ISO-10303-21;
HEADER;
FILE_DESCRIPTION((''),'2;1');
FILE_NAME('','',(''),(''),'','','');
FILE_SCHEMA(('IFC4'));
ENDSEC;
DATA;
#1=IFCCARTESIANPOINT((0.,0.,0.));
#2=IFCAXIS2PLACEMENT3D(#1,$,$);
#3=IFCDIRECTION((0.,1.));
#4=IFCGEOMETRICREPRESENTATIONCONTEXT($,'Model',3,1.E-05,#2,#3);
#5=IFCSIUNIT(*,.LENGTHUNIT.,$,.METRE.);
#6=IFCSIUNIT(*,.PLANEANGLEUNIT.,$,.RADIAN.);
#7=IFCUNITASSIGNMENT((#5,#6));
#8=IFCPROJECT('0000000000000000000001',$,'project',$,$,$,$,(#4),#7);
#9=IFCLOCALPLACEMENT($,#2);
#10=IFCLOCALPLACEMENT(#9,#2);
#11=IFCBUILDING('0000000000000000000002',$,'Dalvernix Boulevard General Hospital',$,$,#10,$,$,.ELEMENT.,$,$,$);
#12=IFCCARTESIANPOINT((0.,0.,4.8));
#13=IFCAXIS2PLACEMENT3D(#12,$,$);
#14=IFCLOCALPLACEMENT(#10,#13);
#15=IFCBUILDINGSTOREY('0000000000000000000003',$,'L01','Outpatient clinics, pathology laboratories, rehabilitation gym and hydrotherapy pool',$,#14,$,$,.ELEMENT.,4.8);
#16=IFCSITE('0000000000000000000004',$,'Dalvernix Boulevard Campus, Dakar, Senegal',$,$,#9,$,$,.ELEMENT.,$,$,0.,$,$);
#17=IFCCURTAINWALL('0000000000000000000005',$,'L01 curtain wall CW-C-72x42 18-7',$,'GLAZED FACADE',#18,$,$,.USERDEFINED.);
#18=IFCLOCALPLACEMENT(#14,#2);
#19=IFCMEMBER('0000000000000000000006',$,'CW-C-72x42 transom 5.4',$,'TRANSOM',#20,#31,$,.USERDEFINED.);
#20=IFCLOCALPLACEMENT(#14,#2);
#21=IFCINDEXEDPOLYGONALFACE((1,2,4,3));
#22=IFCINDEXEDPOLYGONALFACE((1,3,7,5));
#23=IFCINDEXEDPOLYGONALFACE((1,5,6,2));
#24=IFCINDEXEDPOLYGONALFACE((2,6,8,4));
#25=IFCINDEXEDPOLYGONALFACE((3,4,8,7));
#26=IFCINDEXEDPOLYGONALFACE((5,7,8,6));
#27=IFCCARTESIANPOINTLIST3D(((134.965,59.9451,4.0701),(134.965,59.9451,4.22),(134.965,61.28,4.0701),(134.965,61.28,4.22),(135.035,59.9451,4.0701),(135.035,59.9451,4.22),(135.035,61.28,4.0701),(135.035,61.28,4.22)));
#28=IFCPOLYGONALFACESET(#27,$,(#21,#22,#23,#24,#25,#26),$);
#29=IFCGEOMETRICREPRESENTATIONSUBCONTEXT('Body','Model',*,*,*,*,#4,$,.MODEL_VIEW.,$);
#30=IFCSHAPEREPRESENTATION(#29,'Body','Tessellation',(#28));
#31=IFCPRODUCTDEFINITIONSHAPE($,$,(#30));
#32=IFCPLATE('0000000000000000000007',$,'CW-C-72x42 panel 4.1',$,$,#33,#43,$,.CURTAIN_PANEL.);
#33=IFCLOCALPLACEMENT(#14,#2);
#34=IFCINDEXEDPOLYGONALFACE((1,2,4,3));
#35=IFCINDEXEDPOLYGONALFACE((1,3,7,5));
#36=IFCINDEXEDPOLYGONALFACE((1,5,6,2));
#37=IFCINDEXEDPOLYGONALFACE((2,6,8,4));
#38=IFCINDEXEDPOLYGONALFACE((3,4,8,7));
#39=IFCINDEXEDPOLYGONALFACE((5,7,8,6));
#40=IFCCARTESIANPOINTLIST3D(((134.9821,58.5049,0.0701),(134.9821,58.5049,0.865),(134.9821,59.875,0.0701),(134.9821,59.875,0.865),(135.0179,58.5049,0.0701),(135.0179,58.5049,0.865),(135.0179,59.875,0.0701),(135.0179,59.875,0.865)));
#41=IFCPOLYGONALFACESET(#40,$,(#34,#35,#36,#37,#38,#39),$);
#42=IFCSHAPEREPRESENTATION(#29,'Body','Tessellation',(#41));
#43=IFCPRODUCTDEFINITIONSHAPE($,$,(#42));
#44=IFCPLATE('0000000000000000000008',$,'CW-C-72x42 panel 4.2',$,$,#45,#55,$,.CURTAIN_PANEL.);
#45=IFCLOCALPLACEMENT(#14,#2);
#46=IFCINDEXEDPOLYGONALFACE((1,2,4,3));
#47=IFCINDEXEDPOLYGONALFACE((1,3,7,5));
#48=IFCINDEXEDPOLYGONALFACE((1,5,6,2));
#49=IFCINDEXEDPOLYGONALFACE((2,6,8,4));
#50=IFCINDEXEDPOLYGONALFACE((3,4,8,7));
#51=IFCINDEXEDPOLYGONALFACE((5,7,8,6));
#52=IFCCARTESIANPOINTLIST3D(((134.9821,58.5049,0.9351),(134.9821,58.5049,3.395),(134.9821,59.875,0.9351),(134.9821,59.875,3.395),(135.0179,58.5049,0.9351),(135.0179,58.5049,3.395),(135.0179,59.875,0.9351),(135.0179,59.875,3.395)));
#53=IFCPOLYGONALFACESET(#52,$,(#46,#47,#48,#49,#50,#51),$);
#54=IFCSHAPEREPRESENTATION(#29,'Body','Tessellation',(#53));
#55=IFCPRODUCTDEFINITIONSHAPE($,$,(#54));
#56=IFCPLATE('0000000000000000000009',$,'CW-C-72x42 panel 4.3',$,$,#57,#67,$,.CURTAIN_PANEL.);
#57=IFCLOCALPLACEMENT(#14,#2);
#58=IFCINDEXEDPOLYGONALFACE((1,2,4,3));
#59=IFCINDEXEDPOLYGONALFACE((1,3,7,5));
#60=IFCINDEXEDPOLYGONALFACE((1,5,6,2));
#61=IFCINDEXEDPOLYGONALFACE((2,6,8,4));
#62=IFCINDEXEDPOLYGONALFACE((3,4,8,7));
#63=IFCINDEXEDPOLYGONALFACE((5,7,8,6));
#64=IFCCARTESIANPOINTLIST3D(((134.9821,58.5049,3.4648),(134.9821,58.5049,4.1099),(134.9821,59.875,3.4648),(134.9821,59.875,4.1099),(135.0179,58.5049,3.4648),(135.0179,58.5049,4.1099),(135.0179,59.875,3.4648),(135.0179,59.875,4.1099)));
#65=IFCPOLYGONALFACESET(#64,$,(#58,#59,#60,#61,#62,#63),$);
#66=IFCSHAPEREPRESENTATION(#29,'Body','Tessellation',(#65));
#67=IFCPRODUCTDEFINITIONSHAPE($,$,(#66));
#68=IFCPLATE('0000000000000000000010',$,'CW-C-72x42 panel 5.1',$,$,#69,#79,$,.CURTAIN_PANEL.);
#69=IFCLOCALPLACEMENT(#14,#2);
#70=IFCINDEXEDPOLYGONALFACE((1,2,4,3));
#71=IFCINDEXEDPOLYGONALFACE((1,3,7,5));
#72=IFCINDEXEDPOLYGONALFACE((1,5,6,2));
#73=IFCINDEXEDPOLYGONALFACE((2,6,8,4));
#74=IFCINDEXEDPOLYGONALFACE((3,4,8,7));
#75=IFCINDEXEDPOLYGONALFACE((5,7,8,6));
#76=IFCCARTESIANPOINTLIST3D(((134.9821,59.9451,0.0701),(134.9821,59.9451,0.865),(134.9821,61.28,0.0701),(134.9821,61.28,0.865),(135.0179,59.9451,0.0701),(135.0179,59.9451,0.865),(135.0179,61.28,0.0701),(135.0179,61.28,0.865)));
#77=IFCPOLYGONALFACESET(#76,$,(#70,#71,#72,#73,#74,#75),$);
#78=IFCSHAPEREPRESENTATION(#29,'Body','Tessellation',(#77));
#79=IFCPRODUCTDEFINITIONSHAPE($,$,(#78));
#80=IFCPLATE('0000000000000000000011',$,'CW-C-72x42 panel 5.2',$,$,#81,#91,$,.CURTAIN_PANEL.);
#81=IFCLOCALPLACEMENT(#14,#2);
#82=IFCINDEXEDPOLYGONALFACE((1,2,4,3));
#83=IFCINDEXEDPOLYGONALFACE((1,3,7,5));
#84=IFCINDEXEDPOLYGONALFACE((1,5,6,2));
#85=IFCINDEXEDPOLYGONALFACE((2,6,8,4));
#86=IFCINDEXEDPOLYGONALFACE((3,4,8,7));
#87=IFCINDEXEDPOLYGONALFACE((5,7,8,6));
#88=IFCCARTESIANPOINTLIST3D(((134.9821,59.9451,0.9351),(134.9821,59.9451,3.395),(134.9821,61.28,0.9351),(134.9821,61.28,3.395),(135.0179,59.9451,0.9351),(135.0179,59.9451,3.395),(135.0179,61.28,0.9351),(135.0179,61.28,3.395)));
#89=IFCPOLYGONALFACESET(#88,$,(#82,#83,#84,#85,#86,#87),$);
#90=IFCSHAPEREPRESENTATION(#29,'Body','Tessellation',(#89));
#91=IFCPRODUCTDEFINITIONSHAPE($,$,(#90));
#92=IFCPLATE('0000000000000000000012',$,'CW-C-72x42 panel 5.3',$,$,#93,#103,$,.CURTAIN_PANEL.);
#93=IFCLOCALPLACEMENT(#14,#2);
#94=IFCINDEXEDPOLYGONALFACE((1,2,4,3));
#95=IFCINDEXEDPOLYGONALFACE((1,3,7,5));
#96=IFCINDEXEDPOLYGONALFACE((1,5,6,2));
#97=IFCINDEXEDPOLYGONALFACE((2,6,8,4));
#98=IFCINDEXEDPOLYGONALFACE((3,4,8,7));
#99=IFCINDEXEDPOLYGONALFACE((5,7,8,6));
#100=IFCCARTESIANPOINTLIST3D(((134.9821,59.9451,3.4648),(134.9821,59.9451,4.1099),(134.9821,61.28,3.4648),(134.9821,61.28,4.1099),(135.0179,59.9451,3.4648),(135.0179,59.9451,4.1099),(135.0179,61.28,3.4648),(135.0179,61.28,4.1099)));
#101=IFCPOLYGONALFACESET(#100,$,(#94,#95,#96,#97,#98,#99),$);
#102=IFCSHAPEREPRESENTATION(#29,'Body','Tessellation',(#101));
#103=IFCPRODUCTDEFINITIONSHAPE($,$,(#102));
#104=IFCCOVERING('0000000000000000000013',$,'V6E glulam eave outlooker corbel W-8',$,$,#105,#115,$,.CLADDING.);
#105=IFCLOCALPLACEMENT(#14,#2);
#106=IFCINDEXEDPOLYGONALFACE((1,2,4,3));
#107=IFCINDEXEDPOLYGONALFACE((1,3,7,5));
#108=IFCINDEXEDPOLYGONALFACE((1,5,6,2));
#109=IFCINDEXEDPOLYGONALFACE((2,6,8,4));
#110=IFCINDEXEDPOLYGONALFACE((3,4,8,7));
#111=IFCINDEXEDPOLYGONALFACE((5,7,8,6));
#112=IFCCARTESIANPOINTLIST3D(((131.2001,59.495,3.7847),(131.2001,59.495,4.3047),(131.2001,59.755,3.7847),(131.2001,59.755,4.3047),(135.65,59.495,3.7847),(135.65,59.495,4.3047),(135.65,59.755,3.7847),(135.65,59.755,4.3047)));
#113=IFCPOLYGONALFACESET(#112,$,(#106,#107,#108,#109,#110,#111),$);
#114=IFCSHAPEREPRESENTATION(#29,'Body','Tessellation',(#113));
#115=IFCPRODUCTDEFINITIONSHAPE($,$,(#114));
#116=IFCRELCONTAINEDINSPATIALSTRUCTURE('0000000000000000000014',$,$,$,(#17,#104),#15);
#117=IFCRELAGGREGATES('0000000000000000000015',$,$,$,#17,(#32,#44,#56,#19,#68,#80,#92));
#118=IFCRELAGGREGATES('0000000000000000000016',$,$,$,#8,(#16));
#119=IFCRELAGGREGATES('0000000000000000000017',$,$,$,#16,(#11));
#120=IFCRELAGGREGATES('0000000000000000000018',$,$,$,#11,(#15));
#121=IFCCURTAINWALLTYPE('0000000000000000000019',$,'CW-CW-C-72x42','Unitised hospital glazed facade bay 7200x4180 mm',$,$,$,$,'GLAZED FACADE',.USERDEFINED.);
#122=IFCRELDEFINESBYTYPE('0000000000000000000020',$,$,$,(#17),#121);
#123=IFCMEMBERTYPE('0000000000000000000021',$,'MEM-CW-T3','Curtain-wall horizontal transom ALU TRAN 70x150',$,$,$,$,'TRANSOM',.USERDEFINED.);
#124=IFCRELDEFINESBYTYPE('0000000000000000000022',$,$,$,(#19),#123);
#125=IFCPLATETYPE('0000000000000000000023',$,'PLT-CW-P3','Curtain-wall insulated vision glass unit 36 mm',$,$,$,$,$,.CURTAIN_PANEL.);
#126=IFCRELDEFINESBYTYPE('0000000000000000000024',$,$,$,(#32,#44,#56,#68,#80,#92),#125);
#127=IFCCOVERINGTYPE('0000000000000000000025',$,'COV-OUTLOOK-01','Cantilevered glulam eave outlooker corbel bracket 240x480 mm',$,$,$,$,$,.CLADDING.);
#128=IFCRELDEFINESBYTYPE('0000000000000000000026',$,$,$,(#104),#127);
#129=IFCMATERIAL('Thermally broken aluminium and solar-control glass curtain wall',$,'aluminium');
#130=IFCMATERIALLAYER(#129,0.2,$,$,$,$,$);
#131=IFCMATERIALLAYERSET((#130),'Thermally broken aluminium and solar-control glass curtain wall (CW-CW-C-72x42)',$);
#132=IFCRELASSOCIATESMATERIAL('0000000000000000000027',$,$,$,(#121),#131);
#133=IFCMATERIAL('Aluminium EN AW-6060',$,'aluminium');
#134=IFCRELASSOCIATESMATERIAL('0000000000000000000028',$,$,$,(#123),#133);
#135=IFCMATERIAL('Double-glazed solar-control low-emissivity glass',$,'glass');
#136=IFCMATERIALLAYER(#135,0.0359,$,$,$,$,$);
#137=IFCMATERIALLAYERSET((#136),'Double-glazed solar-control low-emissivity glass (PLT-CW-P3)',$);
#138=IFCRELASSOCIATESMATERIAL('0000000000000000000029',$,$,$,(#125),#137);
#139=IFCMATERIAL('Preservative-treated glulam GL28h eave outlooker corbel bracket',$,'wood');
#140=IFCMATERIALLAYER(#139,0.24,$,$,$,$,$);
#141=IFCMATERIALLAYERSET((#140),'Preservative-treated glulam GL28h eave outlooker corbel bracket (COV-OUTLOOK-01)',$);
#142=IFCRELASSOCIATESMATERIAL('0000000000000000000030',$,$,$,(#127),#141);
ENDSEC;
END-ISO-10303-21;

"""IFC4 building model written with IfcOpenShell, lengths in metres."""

from ifc_helpers import new_model, si_unit, direction, frame, origin, origin_2d, place, context, subcontext, project, spatial, rectangle, extrude, material, layer, layer_set, material_profile, profile_set, type_object, element, aggregate, save


model = new_model("IFC4")

# Units and contexts
model_context = context("Model", 3, precision=1e-05, world=origin(), true_north=direction((0.0, 1.0)))
body_context = subcontext(model_context, "Body", "Model", "MODEL_VIEW")
ifc_project = project(units=[si_unit("LENGTHUNIT", "METRE"), si_unit("PLANEANGLEUNIT", "RADIAN")], contexts=[model_context])

# Site, building, storey
site_placement = place(None, origin())
site = spatial("IfcSite", under=ifc_project, at=site_placement, Name="Dalvernix Boulevard Campus, Dakar, Senegal", CompositionType="ELEMENT", RefElevation=0.0)
building_placement = place(site_placement, origin())
building = spatial("IfcBuilding", under=site, at=building_placement, Name="Dalvernix Boulevard General Hospital", CompositionType="ELEMENT")
storey_placement = place(building_placement, frame((0.0, 0.0, 4.8)))
storey = spatial("IfcBuildingStorey", under=building, at=storey_placement, Name="L01", Description="Outpatient clinics, pathology laboratories, rehabilitation gym and hydrotherapy pool", CompositionType="ELEMENT", Elevation=4.8)

# Shared definitions
ifc_material_1 = material(Name="Thermally broken aluminium and solar-control glass curtain wall", Category="aluminium")
ifc_material_2 = material(Name="Aluminium EN AW-6060", Category="aluminium")

# Curtain wall
ifc_layer_1 = layer(ifc_material_1, 0.2)
ifc_layer_set_1 = layer_set([ifc_layer_1], Name="Thermally broken aluminium and solar-control glass curtain wall (CW-CW-C-72x42)")
curtain_wall_type_1 = type_object("IfcCurtainWallType", Name="CW-CW-C-72x42", Description="Unitised hospital glazed facade bay 7200x4180 mm", ElementType="GLAZED FACADE", PredefinedType="USERDEFINED", material=ifc_layer_set_1)
curtain_wall_1_placement = place(storey_placement, origin())
curtain_wall_1 = element("IfcCurtainWall", 1, at=curtain_wall_1_placement, inside=storey, type_object=curtain_wall_type_1, Name="L01 curtain wall CW-C-72x42 18-7", ObjectType="GLAZED FACADE", PredefinedType="USERDEFINED")

# Member
ifc_material_profile_1 = material_profile(ifc_material_2, rectangle(XDim=0.0701, YDim=0.1499, at=origin_2d()), Name="ALU TRAN 70x150")
ifc_profile_set_1 = profile_set([ifc_material_profile_1], Name="Aluminium EN AW-6060")
member_type_1 = type_object("IfcMemberType", Name="MEM-CW-T3", Description="Curtain-wall horizontal transom ALU TRAN 70x150", ElementType="TRANSOM", PredefinedType="USERDEFINED", material=ifc_profile_set_1)
member_1_placement = place(storey_placement, frame((135.0, 59.9451, 4.145), z_axis=(0.0, 1.0, 0.0), x_axis=(-1.0, 0.0, 0.0)))
member_1 = element("IfcMember", 2, at=member_1_placement, type_object=member_type_1, Name="CW-C-72x42 transom 5.4", ObjectType="TRANSOM", PredefinedType="USERDEFINED", context=body_context, shape_type="SweptSolid", body=[
    extrude(rectangle(XDim=0.0701, YDim=0.1499, at=origin_2d()), origin(), (0.0, 0.0, 1.0), 1.335),
])

# Plates
ifc_material_3 = material(Name="Double-glazed solar-control low-emissivity glass", Category="glass")
ifc_layer_2 = layer(ifc_material_3, 0.0359)
ifc_layer_set_2 = layer_set([ifc_layer_2], Name="Double-glazed solar-control low-emissivity glass (PLT-CW-P3)")
plate_type = type_object("IfcPlateType", Name="PLT-CW-P3", Description="Curtain-wall insulated vision glass unit 36 mm", PredefinedType="CURTAIN_PANEL", material=ifc_layer_set_2)
plate_1_placement = place(storey_placement, frame((135.0, 59.1899, 0.0701), z_axis=(0.0, 0.0, 1.0), x_axis=(0.0, 1.0, 0.0)))
plate_1 = element("IfcPlate", 3, at=plate_1_placement, type_object=plate_type, Name="CW-C-72x42 panel 4.1", PredefinedType="CURTAIN_PANEL", context=body_context, shape_type="SweptSolid", body=[
    extrude(rectangle(XDim=1.3701, YDim=0.0359, at=origin_2d()), origin(), (0.0, 0.0, 1.0), 0.7949),
])
plate_2_placement = place(storey_placement, frame((135.0, 59.1899, 0.9351), z_axis=(0.0, 0.0, 1.0), x_axis=(0.0, 1.0, 0.0)))
plate_2 = element("IfcPlate", 4, at=plate_2_placement, type_object=plate_type, Name="CW-C-72x42 panel 4.2", PredefinedType="CURTAIN_PANEL", context=body_context, shape_type="SweptSolid", body=[
    extrude(rectangle(XDim=1.3701, YDim=0.0359, at=origin_2d()), origin(), (0.0, 0.0, 1.0), 2.46),
])
plate_3_placement = place(storey_placement, frame((135.0, 59.1899, 3.4648), z_axis=(0.0, 0.0, 1.0), x_axis=(0.0, 1.0, 0.0)))
plate_3 = element("IfcPlate", 5, at=plate_3_placement, type_object=plate_type, Name="CW-C-72x42 panel 4.3", PredefinedType="CURTAIN_PANEL", context=body_context, shape_type="SweptSolid", body=[
    extrude(rectangle(XDim=1.3701, YDim=0.0359, at=origin_2d()), origin(), (0.0, 0.0, 1.0), 0.645),
])
plate_4_placement = place(storey_placement, frame((135.0, 60.6125, 0.0701), z_axis=(0.0, 0.0, 1.0), x_axis=(0.0, 1.0, 0.0)))
plate_4 = element("IfcPlate", 6, at=plate_4_placement, type_object=plate_type, Name="CW-C-72x42 panel 5.1", PredefinedType="CURTAIN_PANEL", context=body_context, shape_type="SweptSolid", body=[
    extrude(rectangle(XDim=1.335, YDim=0.0359, at=origin_2d()), origin(), (0.0, 0.0, 1.0), 0.7949),
])
plate_5_placement = place(storey_placement, frame((135.0, 60.6125, 0.9351), z_axis=(0.0, 0.0, 1.0), x_axis=(0.0, 1.0, 0.0)))
plate_5 = element("IfcPlate", 7, at=plate_5_placement, type_object=plate_type, Name="CW-C-72x42 panel 5.2", PredefinedType="CURTAIN_PANEL", context=body_context, shape_type="SweptSolid", body=[
    extrude(rectangle(XDim=1.335, YDim=0.0359, at=origin_2d()), origin(), (0.0, 0.0, 1.0), 2.46),
])
plate_6_placement = place(storey_placement, frame((135.0, 60.6125, 3.4648), z_axis=(0.0, 0.0, 1.0), x_axis=(0.0, 1.0, 0.0)))
plate_6 = element("IfcPlate", 8, at=plate_6_placement, type_object=plate_type, Name="CW-C-72x42 panel 5.3", PredefinedType="CURTAIN_PANEL", context=body_context, shape_type="SweptSolid", body=[
    extrude(rectangle(XDim=1.335, YDim=0.0359, at=origin_2d()), origin(), (0.0, 0.0, 1.0), 0.645),
])
aggregate(curtain_wall_1, [plate_1, plate_2, plate_3, member_1, plate_4, plate_5, plate_6])

# Covering
ifc_material_4 = material(Name="Preservative-treated glulam GL28h eave outlooker corbel bracket", Category="wood")
ifc_layer_3 = layer(ifc_material_4, 0.24)
ifc_layer_set_3 = layer_set([ifc_layer_3], Name="Preservative-treated glulam GL28h eave outlooker corbel bracket (COV-OUTLOOK-01)")
covering_type = type_object("IfcCoveringType", Name="COV-OUTLOOK-01", Description="Cantilevered glulam eave outlooker corbel bracket 240x480 mm", PredefinedType="CLADDING", material=ifc_layer_set_3)
covering_placement = place(storey_placement, frame((133.425, 59.625, 3.7847), z_axis=(0.0, 0.0, 1.0), x_axis=(1.0, 0.0, 0.0)))
element("IfcCovering", 9, at=covering_placement, inside=storey, type_object=covering_type, Name="V6E glulam eave outlooker corbel W-8", PredefinedType="CLADDING", context=body_context, shape_type="SweptSolid", body=[
    extrude(rectangle(XDim=4.45, YDim=0.26, at=origin_2d()), origin(), (0.0, 0.0, 1.0), 0.52),
])

save(model, "model.ifc")
